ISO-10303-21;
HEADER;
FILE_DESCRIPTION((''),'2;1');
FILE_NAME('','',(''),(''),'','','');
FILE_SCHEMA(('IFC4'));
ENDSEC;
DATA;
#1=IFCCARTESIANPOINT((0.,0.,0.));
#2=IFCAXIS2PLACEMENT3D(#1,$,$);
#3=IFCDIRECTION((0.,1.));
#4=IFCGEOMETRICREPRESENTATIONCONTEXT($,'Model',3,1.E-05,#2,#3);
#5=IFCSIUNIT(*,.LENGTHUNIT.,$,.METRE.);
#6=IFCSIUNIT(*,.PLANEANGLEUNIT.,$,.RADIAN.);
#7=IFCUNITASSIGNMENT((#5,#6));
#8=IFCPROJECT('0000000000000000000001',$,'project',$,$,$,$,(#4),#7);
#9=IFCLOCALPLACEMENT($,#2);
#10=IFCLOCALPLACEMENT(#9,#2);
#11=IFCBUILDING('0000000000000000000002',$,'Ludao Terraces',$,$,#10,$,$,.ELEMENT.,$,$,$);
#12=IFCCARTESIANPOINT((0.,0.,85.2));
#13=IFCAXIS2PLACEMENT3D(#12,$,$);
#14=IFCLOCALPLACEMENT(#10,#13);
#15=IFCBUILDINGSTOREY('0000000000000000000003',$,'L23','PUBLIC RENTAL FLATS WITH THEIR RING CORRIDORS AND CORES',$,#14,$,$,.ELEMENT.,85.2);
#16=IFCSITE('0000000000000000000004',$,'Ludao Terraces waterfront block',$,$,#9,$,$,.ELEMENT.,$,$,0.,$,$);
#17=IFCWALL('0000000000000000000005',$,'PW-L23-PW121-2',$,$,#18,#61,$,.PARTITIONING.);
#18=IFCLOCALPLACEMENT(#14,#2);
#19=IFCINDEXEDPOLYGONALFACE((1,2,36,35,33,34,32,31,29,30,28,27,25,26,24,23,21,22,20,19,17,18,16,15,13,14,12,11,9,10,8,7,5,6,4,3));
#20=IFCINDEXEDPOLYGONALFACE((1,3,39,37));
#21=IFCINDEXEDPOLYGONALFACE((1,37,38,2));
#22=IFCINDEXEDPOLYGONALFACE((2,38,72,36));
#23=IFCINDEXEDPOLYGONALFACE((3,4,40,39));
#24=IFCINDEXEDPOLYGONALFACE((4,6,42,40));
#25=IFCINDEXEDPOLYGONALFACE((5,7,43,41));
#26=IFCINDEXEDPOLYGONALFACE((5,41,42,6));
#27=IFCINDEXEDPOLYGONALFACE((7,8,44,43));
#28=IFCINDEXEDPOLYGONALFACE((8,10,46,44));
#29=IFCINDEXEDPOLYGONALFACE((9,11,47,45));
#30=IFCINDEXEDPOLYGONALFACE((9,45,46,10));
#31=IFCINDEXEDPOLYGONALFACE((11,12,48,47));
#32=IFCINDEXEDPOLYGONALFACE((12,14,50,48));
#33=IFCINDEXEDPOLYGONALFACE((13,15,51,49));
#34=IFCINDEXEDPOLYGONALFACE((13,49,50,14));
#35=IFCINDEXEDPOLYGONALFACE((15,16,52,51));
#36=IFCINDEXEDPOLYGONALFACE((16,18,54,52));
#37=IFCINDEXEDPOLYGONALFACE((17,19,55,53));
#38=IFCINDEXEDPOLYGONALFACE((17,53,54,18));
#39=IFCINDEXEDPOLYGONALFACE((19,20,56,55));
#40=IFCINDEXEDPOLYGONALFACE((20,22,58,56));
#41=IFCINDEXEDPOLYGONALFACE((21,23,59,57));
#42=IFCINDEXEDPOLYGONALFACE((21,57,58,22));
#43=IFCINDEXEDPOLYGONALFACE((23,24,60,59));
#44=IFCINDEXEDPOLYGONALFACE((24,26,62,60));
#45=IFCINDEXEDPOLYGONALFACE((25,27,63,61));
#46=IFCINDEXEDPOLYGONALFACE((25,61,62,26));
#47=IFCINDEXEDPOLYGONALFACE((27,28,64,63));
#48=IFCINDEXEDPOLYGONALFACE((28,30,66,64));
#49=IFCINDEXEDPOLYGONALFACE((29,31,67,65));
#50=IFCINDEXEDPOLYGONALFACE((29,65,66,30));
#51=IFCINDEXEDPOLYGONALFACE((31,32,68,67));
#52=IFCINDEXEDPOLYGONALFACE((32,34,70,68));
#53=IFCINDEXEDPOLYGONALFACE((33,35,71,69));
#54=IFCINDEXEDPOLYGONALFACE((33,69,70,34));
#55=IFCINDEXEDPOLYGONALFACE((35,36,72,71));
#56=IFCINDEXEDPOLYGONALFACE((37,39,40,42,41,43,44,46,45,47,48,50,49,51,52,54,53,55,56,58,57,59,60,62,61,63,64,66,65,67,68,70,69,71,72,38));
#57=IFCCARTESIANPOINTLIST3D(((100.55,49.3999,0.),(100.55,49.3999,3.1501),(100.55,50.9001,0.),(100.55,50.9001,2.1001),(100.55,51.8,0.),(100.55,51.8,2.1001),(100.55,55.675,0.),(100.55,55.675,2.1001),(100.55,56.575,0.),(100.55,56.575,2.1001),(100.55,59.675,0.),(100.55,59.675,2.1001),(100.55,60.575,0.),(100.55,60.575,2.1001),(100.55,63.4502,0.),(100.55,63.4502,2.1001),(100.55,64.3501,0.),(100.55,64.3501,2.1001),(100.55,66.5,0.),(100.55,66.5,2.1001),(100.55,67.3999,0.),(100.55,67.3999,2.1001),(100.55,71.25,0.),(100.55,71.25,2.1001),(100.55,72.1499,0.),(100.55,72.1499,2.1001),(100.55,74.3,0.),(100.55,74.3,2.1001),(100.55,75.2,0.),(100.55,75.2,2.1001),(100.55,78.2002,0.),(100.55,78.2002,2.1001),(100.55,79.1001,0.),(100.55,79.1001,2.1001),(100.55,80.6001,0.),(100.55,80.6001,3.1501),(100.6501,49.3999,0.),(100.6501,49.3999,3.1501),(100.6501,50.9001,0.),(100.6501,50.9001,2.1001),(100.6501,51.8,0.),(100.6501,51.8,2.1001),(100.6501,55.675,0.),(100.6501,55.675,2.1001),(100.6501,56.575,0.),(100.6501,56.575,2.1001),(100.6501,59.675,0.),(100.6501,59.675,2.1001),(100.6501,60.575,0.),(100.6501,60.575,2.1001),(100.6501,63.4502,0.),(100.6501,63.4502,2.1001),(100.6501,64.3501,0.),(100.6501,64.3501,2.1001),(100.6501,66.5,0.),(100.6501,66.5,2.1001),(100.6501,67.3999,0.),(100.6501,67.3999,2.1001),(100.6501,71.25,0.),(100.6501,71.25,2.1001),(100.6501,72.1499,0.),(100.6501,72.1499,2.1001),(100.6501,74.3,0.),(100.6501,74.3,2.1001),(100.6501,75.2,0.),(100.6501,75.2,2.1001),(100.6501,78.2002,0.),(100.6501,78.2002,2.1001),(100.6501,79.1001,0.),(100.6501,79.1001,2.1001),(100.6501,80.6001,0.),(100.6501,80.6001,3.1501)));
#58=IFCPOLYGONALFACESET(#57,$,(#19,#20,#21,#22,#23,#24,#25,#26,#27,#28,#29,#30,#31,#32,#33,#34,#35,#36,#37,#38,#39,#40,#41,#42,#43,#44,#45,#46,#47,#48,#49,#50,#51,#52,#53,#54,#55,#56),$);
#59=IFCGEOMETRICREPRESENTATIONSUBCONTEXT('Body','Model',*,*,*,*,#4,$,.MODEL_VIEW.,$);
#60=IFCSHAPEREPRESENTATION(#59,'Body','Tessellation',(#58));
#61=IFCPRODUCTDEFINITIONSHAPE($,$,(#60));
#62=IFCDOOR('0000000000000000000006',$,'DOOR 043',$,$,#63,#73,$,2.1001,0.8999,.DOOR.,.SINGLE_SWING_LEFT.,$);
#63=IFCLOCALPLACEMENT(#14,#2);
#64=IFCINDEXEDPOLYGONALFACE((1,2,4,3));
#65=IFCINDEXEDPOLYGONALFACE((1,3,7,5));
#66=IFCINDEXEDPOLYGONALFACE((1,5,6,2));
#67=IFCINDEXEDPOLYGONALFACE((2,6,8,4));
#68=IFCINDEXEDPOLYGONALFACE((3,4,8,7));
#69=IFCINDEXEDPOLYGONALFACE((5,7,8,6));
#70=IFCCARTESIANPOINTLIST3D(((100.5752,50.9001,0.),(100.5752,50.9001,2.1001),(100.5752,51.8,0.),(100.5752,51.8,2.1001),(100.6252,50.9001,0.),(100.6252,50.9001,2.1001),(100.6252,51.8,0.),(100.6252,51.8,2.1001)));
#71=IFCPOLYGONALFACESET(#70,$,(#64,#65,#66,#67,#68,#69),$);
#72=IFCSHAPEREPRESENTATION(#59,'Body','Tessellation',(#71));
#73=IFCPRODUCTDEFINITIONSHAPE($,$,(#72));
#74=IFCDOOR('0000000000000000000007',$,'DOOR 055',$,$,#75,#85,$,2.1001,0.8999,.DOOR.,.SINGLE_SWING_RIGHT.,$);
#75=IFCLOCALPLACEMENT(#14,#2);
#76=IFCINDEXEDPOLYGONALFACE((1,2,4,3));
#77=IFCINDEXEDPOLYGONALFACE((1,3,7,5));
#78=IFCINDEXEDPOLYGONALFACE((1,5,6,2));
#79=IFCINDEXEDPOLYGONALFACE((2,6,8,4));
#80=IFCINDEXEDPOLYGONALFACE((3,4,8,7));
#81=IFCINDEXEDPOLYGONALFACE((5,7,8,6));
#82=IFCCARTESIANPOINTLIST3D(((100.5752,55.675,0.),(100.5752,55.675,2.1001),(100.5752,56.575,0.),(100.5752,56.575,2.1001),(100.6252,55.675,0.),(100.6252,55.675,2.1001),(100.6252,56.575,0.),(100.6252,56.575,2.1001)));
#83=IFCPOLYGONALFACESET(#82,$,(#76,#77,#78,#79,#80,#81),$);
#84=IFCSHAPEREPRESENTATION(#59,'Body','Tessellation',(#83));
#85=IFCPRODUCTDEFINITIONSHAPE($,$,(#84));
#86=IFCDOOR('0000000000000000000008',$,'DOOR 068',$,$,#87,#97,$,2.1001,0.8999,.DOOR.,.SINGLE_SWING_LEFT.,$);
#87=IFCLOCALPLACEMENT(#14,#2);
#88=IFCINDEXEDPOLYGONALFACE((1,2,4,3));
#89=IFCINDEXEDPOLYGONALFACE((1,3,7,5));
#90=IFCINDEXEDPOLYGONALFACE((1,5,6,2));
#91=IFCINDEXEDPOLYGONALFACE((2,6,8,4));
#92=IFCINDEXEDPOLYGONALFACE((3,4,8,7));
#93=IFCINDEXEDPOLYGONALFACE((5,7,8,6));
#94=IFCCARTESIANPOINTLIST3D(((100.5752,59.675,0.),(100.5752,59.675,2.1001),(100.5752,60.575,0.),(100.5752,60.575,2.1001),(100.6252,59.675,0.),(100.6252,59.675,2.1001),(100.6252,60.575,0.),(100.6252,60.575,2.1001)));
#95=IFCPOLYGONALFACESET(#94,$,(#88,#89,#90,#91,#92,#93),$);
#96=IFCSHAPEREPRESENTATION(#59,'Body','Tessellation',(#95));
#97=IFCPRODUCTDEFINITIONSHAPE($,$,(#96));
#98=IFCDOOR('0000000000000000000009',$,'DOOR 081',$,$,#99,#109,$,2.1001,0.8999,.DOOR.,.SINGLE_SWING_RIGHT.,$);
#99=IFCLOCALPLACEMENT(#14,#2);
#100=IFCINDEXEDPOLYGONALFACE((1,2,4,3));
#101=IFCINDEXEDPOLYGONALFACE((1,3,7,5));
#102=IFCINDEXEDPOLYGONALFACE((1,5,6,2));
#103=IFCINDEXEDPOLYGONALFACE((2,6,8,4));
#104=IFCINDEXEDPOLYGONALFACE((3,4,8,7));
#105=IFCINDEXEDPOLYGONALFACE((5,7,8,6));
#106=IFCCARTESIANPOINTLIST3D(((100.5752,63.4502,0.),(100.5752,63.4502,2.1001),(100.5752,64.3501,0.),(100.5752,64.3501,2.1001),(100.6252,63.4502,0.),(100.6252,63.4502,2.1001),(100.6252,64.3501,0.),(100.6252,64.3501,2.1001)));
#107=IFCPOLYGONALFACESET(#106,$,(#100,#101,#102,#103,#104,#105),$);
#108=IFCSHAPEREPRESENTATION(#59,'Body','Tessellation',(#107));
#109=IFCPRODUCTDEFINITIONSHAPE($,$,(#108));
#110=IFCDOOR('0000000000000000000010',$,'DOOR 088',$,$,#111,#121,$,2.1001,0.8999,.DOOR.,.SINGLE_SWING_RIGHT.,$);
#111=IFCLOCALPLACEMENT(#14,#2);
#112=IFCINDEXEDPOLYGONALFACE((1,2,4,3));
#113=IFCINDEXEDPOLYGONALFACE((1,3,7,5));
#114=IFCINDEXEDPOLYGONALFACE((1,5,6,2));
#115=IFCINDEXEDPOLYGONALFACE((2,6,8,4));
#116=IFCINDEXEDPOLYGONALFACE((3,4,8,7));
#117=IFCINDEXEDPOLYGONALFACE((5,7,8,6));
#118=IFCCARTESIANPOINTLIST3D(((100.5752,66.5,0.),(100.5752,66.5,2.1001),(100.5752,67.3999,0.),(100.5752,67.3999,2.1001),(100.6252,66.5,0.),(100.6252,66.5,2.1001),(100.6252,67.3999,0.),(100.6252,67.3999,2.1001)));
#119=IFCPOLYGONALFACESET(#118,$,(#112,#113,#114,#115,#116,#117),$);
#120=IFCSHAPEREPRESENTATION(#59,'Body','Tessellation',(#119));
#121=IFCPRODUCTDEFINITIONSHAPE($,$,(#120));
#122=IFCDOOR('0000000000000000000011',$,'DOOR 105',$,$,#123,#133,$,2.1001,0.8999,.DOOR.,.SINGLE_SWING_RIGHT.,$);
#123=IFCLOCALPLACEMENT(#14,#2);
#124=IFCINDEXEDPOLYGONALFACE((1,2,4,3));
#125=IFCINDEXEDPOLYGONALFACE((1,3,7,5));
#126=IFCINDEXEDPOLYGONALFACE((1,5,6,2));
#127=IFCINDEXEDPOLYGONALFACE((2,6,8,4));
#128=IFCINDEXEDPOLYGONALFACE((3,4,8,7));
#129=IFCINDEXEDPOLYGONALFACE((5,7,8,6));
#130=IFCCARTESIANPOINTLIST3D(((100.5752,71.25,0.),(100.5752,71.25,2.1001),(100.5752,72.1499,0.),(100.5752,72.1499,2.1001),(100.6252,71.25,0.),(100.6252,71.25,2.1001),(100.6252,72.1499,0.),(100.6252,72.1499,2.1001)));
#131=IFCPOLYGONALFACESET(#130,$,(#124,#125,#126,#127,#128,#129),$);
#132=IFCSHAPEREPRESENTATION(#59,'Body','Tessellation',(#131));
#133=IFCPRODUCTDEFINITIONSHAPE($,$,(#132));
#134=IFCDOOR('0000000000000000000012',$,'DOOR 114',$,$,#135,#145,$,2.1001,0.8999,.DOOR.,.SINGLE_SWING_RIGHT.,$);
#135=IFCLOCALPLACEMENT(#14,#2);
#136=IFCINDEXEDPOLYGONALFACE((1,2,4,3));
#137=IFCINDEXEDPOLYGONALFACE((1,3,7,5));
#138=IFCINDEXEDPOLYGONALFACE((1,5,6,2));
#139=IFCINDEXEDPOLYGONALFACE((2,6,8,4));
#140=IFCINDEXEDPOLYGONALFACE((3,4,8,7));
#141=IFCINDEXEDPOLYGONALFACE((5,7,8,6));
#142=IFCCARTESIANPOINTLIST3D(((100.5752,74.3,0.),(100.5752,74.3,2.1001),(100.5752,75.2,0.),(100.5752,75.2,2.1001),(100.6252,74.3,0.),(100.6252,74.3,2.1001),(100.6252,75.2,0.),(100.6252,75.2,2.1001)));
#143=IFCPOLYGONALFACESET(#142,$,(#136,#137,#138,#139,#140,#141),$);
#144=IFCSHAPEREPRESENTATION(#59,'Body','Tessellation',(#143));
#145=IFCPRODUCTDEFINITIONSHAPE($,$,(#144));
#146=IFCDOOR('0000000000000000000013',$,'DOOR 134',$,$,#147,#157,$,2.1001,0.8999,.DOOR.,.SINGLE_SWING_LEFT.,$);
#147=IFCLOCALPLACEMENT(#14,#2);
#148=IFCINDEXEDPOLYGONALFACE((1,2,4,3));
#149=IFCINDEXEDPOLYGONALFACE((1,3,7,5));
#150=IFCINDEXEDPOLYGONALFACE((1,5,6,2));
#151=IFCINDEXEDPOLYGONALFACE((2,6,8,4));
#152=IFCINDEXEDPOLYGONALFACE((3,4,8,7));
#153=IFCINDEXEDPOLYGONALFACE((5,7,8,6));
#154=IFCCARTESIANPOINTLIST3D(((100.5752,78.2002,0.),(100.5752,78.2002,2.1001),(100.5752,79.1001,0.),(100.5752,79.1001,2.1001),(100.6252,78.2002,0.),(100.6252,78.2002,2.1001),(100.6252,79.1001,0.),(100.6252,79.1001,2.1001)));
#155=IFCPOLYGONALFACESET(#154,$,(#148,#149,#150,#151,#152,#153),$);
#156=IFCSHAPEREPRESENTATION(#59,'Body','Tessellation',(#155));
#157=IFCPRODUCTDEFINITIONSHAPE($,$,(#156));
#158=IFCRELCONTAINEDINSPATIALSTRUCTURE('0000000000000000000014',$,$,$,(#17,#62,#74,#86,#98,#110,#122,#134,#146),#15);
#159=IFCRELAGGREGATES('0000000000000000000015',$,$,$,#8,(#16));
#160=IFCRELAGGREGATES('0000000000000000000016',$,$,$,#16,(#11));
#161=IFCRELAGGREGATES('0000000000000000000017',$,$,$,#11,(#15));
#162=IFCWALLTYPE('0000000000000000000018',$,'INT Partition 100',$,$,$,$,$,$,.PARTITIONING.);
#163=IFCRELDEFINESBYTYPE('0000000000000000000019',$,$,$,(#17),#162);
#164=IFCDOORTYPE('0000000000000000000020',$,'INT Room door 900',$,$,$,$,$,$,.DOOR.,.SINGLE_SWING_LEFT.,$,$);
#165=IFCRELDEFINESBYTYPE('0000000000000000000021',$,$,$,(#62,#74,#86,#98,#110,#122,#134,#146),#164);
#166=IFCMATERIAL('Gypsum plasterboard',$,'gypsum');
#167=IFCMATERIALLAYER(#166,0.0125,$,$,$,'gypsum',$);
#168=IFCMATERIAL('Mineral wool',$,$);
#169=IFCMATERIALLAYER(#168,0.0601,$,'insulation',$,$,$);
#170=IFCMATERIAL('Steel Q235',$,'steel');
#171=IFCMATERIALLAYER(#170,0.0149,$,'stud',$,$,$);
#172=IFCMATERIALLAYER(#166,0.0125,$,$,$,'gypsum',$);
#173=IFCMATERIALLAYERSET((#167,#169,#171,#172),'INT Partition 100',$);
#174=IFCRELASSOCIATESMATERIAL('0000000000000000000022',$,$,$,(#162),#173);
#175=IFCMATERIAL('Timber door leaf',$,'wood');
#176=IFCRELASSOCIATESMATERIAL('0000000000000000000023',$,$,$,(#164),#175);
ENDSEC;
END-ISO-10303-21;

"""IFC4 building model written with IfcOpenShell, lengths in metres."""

from ifc_helpers import new_model, si_unit, direction, frame, frame_2d, origin, place, context, subcontext, project, spatial, rectangle, extrude, material, layer, layer_set, type_object, element, fill, save


model = new_model("IFC4")

# Units and contexts
model_context = context("Model", 3, precision=1e-05, world=origin(), true_north=direction((0.0, 1.0)))
body_context = subcontext(model_context, "Body", "Model", "MODEL_VIEW")
ifc_project = project(units=[si_unit("LENGTHUNIT", "METRE"), si_unit("PLANEANGLEUNIT", "RADIAN")], contexts=[model_context])

# Site, building, storey
site_placement = place(None, origin())
site = spatial("IfcSite", under=ifc_project, at=site_placement, Name="Ludao Terraces waterfront block", CompositionType="ELEMENT", RefElevation=0.0)
building_placement = place(site_placement, origin())
building = spatial("IfcBuilding", under=site, at=building_placement, Name="Ludao Terraces", CompositionType="ELEMENT")
storey_placement = place(building_placement, frame((0.0, 0.0, 85.2)))
storey = spatial("IfcBuildingStorey", under=building, at=storey_placement, Name="L23", Description="PUBLIC RENTAL FLATS WITH THEIR RING CORRIDORS AND CORES", CompositionType="ELEMENT", Elevation=85.2)

# Shared definitions
ifc_material_1 = material(Name="Gypsum plasterboard", Category="gypsum")
ifc_layer_1 = layer(ifc_material_1, 0.0125, Category="gypsum")
ifc_material_2 = material(Name="Mineral wool")
ifc_layer_2 = layer(ifc_material_2, 0.0601, Name="insulation")
ifc_material_3 = material(Name="Steel Q235", Category="steel")
ifc_layer_3 = layer(ifc_material_3, 0.0149, Name="stud")
ifc_layer_4 = layer(ifc_material_1, 0.0125, Category="gypsum")
ifc_layer_set = layer_set([ifc_layer_1, ifc_layer_2, ifc_layer_3, ifc_layer_4], Name="INT Partition 100")
wall_type = type_object("IfcWallType", Name="INT Partition 100", PredefinedType="PARTITIONING", material=ifc_layer_set)

# Wall, openings, doors
ifc_material_4 = material(Name="Timber door leaf", Category="wood")
door_type_1 = type_object("IfcDoorType", Name="INT Room door 900", OperationType="SINGLE_SWING_LEFT", PredefinedType="DOOR", material=ifc_material_4)
wall_1_placement = place(storey_placement, frame((100.6001, 49.3999, 0.0), z_axis=(0.0, 0.0, 1.0), x_axis=(0.0, 1.0, 0.0)))
wall_1 = element("IfcWall", 1, at=wall_1_placement, inside=storey, type_object=wall_type, Name="PW-L23-PW121-2", PredefinedType="PARTITIONING", context=body_context, shape_type="SweptSolid", body=[
    extrude(rectangle(XDim=31.2002, YDim=0.1001, at=frame_2d((15.6001, 0.0))), origin(), (0.0, 0.0, 1.0), 3.1501),
])
opening_1_placement = place(wall_1_placement, frame((1.5002, 0.0, 0.0)))
opening_1 = element("IfcOpeningElement", 2, at=opening_1_placement, cuts=wall_1, PredefinedType="OPENING", context=body_context, shape_type="SweptSolid", body=[
    extrude(rectangle(XDim=0.8999, YDim=2.1001, at=frame_2d((0.45, 1.05))), frame((0.0, 0.0601, 0.0), z_axis=(0.0, -1.0, 0.0), x_axis=(1.0, 0.0, 0.0)), (0.0, 0.0, 1.0), 0.1201),
])
opening_2_placement = place(wall_1_placement, frame((6.2751, 0.0, 0.0)))
opening_2 = element("IfcOpeningElement", 3, at=opening_2_placement, cuts=wall_1, PredefinedType="OPENING", context=body_context, shape_type="SweptSolid", body=[
    extrude(rectangle(XDim=0.8999, YDim=2.1001, at=frame_2d((0.45, 1.05))), frame((0.0, 0.0601, 0.0), z_axis=(0.0, -1.0, 0.0), x_axis=(1.0, 0.0, 0.0)), (0.0, 0.0, 1.0), 0.1201),
])
opening_3_placement = place(wall_1_placement, frame((10.2751, 0.0, 0.0)))
opening_3 = element("IfcOpeningElement", 4, at=opening_3_placement, cuts=wall_1, PredefinedType="OPENING", context=body_context, shape_type="SweptSolid", body=[
    extrude(rectangle(XDim=0.8999, YDim=2.1001, at=frame_2d((0.45, 1.05))), frame((0.0, 0.0601, 0.0), z_axis=(0.0, -1.0, 0.0), x_axis=(1.0, 0.0, 0.0)), (0.0, 0.0, 1.0), 0.1201),
])
opening_4_placement = place(wall_1_placement, frame((14.0503, 0.0, 0.0)))
opening_4 = element("IfcOpeningElement", 5, at=opening_4_placement, cuts=wall_1, PredefinedType="OPENING", context=body_context, shape_type="SweptSolid", body=[
    extrude(rectangle(XDim=0.8999, YDim=2.1001, at=frame_2d((0.45, 1.05))), frame((0.0, 0.0601, 0.0), z_axis=(0.0, -1.0, 0.0), x_axis=(1.0, 0.0, 0.0)), (0.0, 0.0, 1.0), 0.1201),
])
opening_5_placement = place(wall_1_placement, frame((17.1001, 0.0, 0.0)))
opening_5 = element("IfcOpeningElement", 6, at=opening_5_placement, cuts=wall_1, PredefinedType="OPENING", context=body_context, shape_type="SweptSolid", body=[
    extrude(rectangle(XDim=0.8999, YDim=2.1001, at=frame_2d((0.45, 1.05))), frame((0.0, 0.0601, 0.0), z_axis=(0.0, -1.0, 0.0), x_axis=(1.0, 0.0, 0.0)), (0.0, 0.0, 1.0), 0.1201),
])
opening_6_placement = place(wall_1_placement, frame((21.8501, 0.0, 0.0)))
opening_6 = element("IfcOpeningElement", 7, at=opening_6_placement, cuts=wall_1, PredefinedType="OPENING", context=body_context, shape_type="SweptSolid", body=[
    extrude(rectangle(XDim=0.8999, YDim=2.1001, at=frame_2d((0.45, 1.05))), frame((0.0, 0.0601, 0.0), z_axis=(0.0, -1.0, 0.0), x_axis=(1.0, 0.0, 0.0)), (0.0, 0.0, 1.0), 0.1201),
])
opening_7_placement = place(wall_1_placement, frame((24.9001, 0.0, 0.0)))
opening_7 = element("IfcOpeningElement", 8, at=opening_7_placement, cuts=wall_1, PredefinedType="OPENING", context=body_context, shape_type="SweptSolid", body=[
    extrude(rectangle(XDim=0.8999, YDim=2.1001, at=frame_2d((0.45, 1.05))), frame((0.0, 0.0601, 0.0), z_axis=(0.0, -1.0, 0.0), x_axis=(1.0, 0.0, 0.0)), (0.0, 0.0, 1.0), 0.1201),
])
opening_8_placement = place(wall_1_placement, frame((28.8003, 0.0, 0.0)))
opening_8 = element("IfcOpeningElement", 9, at=opening_8_placement, cuts=wall_1, PredefinedType="OPENING", context=body_context, shape_type="SweptSolid", body=[
    extrude(rectangle(XDim=0.8999, YDim=2.1001, at=frame_2d((0.45, 1.05))), frame((0.0, 0.0601, 0.0), z_axis=(0.0, -1.0, 0.0), x_axis=(1.0, 0.0, 0.0)), (0.0, 0.0, 1.0), 0.1201),
])
door_1_placement = place(opening_1_placement, origin())
door_1 = element("IfcDoor", 10, at=door_1_placement, inside=storey, type_object=door_type_1, Name="DOOR 043", OperationType="SINGLE_SWING_LEFT", OverallHeight=2.1001, OverallWidth=0.8999, PredefinedType="DOOR", context=body_context, shape_type="SweptSolid", body=[
    extrude(rectangle(XDim=0.8999, YDim=2.1001, at=frame_2d((0.45, 1.05))), frame((0.0, 0.0249, 0.0), z_axis=(0.0, -1.0, 0.0), x_axis=(1.0, 0.0, 0.0)), (0.0, 0.0, 1.0), 0.05),
])
fill(opening_1, door_1)
door_2_placement = place(opening_2_placement, origin())
door_2 = element("IfcDoor", 11, at=door_2_placement, inside=storey, type_object=door_type_1, Name="DOOR 055", OperationType="SINGLE_SWING_RIGHT", OverallHeight=2.1001, OverallWidth=0.8999, PredefinedType="DOOR", context=body_context, shape_type="SweptSolid", body=[
    extrude(rectangle(XDim=0.8999, YDim=2.1001, at=frame_2d((0.45, 1.05))), frame((0.0, 0.0249, 0.0), z_axis=(0.0, -1.0, 0.0), x_axis=(1.0, 0.0, 0.0)), (0.0, 0.0, 1.0), 0.05),
])
fill(opening_2, door_2)
door_3_placement = place(opening_3_placement, origin())
door_3 = element("IfcDoor", 12, at=door_3_placement, inside=storey, type_object=door_type_1, Name="DOOR 068", OperationType="SINGLE_SWING_LEFT", OverallHeight=2.1001, OverallWidth=0.8999, PredefinedType="DOOR", context=body_context, shape_type="SweptSolid", body=[
    extrude(rectangle(XDim=0.8999, YDim=2.1001, at=frame_2d((0.45, 1.05))), frame((0.0, 0.0249, 0.0), z_axis=(0.0, -1.0, 0.0), x_axis=(1.0, 0.0, 0.0)), (0.0, 0.0, 1.0), 0.05),
])
fill(opening_3, door_3)
door_4_placement = place(opening_4_placement, origin())
door_4 = element("IfcDoor", 13, at=door_4_placement, inside=storey, type_object=door_type_1, Name="DOOR 081", OperationType="SINGLE_SWING_RIGHT", OverallHeight=2.1001, OverallWidth=0.8999, PredefinedType="DOOR", context=body_context, shape_type="SweptSolid", body=[
    extrude(rectangle(XDim=0.8999, YDim=2.1001, at=frame_2d((0.45, 1.05))), frame((0.0, 0.0249, 0.0), z_axis=(0.0, -1.0, 0.0), x_axis=(1.0, 0.0, 0.0)), (0.0, 0.0, 1.0), 0.05),
])
fill(opening_4, door_4)
door_5_placement = place(opening_5_placement, origin())
door_5 = element("IfcDoor", 14, at=door_5_placement, inside=storey, type_object=door_type_1, Name="DOOR 088", OperationType="SINGLE_SWING_RIGHT", OverallHeight=2.1001, OverallWidth=0.8999, PredefinedType="DOOR", context=body_context, shape_type="SweptSolid", body=[
    extrude(rectangle(XDim=0.8999, YDim=2.1001, at=frame_2d((0.45, 1.05))), frame((0.0, 0.0249, 0.0), z_axis=(0.0, -1.0, 0.0), x_axis=(1.0, 0.0, 0.0)), (0.0, 0.0, 1.0), 0.05),
])
fill(opening_5, door_5)
door_6_placement = place(opening_6_placement, origin())
door_6 = element("IfcDoor", 15, at=door_6_placement, inside=storey, type_object=door_type_1, Name="DOOR 105", OperationType="SINGLE_SWING_RIGHT", OverallHeight=2.1001, OverallWidth=0.8999, PredefinedType="DOOR", context=body_context, shape_type="SweptSolid", body=[
    extrude(rectangle(XDim=0.8999, YDim=2.1001, at=frame_2d((0.45, 1.05))), frame((0.0, 0.0249, 0.0), z_axis=(0.0, -1.0, 0.0), x_axis=(1.0, 0.0, 0.0)), (0.0, 0.0, 1.0), 0.05),
])
fill(opening_6, door_6)
door_7_placement = place(opening_7_placement, origin())
door_7 = element("IfcDoor", 16, at=door_7_placement, inside=storey, type_object=door_type_1, Name="DOOR 114", OperationType="SINGLE_SWING_RIGHT", OverallHeight=2.1001, OverallWidth=0.8999, PredefinedType="DOOR", context=body_context, shape_type="SweptSolid", body=[
    extrude(rectangle(XDim=0.8999, YDim=2.1001, at=frame_2d((0.45, 1.05))), frame((0.0, 0.0249, 0.0), z_axis=(0.0, -1.0, 0.0), x_axis=(1.0, 0.0, 0.0)), (0.0, 0.0, 1.0), 0.05),
])
fill(opening_7, door_7)
door_8_placement = place(opening_8_placement, origin())
door_8 = element("IfcDoor", 17, at=door_8_placement, inside=storey, type_object=door_type_1, Name="DOOR 134", OperationType="SINGLE_SWING_LEFT", OverallHeight=2.1001, OverallWidth=0.8999, PredefinedType="DOOR", context=body_context, shape_type="SweptSolid", body=[
    extrude(rectangle(XDim=0.8999, YDim=2.1001, at=frame_2d((0.45, 1.05))), frame((0.0, 0.0249, 0.0), z_axis=(0.0, -1.0, 0.0), x_axis=(1.0, 0.0, 0.0)), (0.0, 0.0, 1.0), 0.05),
])
fill(opening_8, door_8)

save(model, "model.ifc")
